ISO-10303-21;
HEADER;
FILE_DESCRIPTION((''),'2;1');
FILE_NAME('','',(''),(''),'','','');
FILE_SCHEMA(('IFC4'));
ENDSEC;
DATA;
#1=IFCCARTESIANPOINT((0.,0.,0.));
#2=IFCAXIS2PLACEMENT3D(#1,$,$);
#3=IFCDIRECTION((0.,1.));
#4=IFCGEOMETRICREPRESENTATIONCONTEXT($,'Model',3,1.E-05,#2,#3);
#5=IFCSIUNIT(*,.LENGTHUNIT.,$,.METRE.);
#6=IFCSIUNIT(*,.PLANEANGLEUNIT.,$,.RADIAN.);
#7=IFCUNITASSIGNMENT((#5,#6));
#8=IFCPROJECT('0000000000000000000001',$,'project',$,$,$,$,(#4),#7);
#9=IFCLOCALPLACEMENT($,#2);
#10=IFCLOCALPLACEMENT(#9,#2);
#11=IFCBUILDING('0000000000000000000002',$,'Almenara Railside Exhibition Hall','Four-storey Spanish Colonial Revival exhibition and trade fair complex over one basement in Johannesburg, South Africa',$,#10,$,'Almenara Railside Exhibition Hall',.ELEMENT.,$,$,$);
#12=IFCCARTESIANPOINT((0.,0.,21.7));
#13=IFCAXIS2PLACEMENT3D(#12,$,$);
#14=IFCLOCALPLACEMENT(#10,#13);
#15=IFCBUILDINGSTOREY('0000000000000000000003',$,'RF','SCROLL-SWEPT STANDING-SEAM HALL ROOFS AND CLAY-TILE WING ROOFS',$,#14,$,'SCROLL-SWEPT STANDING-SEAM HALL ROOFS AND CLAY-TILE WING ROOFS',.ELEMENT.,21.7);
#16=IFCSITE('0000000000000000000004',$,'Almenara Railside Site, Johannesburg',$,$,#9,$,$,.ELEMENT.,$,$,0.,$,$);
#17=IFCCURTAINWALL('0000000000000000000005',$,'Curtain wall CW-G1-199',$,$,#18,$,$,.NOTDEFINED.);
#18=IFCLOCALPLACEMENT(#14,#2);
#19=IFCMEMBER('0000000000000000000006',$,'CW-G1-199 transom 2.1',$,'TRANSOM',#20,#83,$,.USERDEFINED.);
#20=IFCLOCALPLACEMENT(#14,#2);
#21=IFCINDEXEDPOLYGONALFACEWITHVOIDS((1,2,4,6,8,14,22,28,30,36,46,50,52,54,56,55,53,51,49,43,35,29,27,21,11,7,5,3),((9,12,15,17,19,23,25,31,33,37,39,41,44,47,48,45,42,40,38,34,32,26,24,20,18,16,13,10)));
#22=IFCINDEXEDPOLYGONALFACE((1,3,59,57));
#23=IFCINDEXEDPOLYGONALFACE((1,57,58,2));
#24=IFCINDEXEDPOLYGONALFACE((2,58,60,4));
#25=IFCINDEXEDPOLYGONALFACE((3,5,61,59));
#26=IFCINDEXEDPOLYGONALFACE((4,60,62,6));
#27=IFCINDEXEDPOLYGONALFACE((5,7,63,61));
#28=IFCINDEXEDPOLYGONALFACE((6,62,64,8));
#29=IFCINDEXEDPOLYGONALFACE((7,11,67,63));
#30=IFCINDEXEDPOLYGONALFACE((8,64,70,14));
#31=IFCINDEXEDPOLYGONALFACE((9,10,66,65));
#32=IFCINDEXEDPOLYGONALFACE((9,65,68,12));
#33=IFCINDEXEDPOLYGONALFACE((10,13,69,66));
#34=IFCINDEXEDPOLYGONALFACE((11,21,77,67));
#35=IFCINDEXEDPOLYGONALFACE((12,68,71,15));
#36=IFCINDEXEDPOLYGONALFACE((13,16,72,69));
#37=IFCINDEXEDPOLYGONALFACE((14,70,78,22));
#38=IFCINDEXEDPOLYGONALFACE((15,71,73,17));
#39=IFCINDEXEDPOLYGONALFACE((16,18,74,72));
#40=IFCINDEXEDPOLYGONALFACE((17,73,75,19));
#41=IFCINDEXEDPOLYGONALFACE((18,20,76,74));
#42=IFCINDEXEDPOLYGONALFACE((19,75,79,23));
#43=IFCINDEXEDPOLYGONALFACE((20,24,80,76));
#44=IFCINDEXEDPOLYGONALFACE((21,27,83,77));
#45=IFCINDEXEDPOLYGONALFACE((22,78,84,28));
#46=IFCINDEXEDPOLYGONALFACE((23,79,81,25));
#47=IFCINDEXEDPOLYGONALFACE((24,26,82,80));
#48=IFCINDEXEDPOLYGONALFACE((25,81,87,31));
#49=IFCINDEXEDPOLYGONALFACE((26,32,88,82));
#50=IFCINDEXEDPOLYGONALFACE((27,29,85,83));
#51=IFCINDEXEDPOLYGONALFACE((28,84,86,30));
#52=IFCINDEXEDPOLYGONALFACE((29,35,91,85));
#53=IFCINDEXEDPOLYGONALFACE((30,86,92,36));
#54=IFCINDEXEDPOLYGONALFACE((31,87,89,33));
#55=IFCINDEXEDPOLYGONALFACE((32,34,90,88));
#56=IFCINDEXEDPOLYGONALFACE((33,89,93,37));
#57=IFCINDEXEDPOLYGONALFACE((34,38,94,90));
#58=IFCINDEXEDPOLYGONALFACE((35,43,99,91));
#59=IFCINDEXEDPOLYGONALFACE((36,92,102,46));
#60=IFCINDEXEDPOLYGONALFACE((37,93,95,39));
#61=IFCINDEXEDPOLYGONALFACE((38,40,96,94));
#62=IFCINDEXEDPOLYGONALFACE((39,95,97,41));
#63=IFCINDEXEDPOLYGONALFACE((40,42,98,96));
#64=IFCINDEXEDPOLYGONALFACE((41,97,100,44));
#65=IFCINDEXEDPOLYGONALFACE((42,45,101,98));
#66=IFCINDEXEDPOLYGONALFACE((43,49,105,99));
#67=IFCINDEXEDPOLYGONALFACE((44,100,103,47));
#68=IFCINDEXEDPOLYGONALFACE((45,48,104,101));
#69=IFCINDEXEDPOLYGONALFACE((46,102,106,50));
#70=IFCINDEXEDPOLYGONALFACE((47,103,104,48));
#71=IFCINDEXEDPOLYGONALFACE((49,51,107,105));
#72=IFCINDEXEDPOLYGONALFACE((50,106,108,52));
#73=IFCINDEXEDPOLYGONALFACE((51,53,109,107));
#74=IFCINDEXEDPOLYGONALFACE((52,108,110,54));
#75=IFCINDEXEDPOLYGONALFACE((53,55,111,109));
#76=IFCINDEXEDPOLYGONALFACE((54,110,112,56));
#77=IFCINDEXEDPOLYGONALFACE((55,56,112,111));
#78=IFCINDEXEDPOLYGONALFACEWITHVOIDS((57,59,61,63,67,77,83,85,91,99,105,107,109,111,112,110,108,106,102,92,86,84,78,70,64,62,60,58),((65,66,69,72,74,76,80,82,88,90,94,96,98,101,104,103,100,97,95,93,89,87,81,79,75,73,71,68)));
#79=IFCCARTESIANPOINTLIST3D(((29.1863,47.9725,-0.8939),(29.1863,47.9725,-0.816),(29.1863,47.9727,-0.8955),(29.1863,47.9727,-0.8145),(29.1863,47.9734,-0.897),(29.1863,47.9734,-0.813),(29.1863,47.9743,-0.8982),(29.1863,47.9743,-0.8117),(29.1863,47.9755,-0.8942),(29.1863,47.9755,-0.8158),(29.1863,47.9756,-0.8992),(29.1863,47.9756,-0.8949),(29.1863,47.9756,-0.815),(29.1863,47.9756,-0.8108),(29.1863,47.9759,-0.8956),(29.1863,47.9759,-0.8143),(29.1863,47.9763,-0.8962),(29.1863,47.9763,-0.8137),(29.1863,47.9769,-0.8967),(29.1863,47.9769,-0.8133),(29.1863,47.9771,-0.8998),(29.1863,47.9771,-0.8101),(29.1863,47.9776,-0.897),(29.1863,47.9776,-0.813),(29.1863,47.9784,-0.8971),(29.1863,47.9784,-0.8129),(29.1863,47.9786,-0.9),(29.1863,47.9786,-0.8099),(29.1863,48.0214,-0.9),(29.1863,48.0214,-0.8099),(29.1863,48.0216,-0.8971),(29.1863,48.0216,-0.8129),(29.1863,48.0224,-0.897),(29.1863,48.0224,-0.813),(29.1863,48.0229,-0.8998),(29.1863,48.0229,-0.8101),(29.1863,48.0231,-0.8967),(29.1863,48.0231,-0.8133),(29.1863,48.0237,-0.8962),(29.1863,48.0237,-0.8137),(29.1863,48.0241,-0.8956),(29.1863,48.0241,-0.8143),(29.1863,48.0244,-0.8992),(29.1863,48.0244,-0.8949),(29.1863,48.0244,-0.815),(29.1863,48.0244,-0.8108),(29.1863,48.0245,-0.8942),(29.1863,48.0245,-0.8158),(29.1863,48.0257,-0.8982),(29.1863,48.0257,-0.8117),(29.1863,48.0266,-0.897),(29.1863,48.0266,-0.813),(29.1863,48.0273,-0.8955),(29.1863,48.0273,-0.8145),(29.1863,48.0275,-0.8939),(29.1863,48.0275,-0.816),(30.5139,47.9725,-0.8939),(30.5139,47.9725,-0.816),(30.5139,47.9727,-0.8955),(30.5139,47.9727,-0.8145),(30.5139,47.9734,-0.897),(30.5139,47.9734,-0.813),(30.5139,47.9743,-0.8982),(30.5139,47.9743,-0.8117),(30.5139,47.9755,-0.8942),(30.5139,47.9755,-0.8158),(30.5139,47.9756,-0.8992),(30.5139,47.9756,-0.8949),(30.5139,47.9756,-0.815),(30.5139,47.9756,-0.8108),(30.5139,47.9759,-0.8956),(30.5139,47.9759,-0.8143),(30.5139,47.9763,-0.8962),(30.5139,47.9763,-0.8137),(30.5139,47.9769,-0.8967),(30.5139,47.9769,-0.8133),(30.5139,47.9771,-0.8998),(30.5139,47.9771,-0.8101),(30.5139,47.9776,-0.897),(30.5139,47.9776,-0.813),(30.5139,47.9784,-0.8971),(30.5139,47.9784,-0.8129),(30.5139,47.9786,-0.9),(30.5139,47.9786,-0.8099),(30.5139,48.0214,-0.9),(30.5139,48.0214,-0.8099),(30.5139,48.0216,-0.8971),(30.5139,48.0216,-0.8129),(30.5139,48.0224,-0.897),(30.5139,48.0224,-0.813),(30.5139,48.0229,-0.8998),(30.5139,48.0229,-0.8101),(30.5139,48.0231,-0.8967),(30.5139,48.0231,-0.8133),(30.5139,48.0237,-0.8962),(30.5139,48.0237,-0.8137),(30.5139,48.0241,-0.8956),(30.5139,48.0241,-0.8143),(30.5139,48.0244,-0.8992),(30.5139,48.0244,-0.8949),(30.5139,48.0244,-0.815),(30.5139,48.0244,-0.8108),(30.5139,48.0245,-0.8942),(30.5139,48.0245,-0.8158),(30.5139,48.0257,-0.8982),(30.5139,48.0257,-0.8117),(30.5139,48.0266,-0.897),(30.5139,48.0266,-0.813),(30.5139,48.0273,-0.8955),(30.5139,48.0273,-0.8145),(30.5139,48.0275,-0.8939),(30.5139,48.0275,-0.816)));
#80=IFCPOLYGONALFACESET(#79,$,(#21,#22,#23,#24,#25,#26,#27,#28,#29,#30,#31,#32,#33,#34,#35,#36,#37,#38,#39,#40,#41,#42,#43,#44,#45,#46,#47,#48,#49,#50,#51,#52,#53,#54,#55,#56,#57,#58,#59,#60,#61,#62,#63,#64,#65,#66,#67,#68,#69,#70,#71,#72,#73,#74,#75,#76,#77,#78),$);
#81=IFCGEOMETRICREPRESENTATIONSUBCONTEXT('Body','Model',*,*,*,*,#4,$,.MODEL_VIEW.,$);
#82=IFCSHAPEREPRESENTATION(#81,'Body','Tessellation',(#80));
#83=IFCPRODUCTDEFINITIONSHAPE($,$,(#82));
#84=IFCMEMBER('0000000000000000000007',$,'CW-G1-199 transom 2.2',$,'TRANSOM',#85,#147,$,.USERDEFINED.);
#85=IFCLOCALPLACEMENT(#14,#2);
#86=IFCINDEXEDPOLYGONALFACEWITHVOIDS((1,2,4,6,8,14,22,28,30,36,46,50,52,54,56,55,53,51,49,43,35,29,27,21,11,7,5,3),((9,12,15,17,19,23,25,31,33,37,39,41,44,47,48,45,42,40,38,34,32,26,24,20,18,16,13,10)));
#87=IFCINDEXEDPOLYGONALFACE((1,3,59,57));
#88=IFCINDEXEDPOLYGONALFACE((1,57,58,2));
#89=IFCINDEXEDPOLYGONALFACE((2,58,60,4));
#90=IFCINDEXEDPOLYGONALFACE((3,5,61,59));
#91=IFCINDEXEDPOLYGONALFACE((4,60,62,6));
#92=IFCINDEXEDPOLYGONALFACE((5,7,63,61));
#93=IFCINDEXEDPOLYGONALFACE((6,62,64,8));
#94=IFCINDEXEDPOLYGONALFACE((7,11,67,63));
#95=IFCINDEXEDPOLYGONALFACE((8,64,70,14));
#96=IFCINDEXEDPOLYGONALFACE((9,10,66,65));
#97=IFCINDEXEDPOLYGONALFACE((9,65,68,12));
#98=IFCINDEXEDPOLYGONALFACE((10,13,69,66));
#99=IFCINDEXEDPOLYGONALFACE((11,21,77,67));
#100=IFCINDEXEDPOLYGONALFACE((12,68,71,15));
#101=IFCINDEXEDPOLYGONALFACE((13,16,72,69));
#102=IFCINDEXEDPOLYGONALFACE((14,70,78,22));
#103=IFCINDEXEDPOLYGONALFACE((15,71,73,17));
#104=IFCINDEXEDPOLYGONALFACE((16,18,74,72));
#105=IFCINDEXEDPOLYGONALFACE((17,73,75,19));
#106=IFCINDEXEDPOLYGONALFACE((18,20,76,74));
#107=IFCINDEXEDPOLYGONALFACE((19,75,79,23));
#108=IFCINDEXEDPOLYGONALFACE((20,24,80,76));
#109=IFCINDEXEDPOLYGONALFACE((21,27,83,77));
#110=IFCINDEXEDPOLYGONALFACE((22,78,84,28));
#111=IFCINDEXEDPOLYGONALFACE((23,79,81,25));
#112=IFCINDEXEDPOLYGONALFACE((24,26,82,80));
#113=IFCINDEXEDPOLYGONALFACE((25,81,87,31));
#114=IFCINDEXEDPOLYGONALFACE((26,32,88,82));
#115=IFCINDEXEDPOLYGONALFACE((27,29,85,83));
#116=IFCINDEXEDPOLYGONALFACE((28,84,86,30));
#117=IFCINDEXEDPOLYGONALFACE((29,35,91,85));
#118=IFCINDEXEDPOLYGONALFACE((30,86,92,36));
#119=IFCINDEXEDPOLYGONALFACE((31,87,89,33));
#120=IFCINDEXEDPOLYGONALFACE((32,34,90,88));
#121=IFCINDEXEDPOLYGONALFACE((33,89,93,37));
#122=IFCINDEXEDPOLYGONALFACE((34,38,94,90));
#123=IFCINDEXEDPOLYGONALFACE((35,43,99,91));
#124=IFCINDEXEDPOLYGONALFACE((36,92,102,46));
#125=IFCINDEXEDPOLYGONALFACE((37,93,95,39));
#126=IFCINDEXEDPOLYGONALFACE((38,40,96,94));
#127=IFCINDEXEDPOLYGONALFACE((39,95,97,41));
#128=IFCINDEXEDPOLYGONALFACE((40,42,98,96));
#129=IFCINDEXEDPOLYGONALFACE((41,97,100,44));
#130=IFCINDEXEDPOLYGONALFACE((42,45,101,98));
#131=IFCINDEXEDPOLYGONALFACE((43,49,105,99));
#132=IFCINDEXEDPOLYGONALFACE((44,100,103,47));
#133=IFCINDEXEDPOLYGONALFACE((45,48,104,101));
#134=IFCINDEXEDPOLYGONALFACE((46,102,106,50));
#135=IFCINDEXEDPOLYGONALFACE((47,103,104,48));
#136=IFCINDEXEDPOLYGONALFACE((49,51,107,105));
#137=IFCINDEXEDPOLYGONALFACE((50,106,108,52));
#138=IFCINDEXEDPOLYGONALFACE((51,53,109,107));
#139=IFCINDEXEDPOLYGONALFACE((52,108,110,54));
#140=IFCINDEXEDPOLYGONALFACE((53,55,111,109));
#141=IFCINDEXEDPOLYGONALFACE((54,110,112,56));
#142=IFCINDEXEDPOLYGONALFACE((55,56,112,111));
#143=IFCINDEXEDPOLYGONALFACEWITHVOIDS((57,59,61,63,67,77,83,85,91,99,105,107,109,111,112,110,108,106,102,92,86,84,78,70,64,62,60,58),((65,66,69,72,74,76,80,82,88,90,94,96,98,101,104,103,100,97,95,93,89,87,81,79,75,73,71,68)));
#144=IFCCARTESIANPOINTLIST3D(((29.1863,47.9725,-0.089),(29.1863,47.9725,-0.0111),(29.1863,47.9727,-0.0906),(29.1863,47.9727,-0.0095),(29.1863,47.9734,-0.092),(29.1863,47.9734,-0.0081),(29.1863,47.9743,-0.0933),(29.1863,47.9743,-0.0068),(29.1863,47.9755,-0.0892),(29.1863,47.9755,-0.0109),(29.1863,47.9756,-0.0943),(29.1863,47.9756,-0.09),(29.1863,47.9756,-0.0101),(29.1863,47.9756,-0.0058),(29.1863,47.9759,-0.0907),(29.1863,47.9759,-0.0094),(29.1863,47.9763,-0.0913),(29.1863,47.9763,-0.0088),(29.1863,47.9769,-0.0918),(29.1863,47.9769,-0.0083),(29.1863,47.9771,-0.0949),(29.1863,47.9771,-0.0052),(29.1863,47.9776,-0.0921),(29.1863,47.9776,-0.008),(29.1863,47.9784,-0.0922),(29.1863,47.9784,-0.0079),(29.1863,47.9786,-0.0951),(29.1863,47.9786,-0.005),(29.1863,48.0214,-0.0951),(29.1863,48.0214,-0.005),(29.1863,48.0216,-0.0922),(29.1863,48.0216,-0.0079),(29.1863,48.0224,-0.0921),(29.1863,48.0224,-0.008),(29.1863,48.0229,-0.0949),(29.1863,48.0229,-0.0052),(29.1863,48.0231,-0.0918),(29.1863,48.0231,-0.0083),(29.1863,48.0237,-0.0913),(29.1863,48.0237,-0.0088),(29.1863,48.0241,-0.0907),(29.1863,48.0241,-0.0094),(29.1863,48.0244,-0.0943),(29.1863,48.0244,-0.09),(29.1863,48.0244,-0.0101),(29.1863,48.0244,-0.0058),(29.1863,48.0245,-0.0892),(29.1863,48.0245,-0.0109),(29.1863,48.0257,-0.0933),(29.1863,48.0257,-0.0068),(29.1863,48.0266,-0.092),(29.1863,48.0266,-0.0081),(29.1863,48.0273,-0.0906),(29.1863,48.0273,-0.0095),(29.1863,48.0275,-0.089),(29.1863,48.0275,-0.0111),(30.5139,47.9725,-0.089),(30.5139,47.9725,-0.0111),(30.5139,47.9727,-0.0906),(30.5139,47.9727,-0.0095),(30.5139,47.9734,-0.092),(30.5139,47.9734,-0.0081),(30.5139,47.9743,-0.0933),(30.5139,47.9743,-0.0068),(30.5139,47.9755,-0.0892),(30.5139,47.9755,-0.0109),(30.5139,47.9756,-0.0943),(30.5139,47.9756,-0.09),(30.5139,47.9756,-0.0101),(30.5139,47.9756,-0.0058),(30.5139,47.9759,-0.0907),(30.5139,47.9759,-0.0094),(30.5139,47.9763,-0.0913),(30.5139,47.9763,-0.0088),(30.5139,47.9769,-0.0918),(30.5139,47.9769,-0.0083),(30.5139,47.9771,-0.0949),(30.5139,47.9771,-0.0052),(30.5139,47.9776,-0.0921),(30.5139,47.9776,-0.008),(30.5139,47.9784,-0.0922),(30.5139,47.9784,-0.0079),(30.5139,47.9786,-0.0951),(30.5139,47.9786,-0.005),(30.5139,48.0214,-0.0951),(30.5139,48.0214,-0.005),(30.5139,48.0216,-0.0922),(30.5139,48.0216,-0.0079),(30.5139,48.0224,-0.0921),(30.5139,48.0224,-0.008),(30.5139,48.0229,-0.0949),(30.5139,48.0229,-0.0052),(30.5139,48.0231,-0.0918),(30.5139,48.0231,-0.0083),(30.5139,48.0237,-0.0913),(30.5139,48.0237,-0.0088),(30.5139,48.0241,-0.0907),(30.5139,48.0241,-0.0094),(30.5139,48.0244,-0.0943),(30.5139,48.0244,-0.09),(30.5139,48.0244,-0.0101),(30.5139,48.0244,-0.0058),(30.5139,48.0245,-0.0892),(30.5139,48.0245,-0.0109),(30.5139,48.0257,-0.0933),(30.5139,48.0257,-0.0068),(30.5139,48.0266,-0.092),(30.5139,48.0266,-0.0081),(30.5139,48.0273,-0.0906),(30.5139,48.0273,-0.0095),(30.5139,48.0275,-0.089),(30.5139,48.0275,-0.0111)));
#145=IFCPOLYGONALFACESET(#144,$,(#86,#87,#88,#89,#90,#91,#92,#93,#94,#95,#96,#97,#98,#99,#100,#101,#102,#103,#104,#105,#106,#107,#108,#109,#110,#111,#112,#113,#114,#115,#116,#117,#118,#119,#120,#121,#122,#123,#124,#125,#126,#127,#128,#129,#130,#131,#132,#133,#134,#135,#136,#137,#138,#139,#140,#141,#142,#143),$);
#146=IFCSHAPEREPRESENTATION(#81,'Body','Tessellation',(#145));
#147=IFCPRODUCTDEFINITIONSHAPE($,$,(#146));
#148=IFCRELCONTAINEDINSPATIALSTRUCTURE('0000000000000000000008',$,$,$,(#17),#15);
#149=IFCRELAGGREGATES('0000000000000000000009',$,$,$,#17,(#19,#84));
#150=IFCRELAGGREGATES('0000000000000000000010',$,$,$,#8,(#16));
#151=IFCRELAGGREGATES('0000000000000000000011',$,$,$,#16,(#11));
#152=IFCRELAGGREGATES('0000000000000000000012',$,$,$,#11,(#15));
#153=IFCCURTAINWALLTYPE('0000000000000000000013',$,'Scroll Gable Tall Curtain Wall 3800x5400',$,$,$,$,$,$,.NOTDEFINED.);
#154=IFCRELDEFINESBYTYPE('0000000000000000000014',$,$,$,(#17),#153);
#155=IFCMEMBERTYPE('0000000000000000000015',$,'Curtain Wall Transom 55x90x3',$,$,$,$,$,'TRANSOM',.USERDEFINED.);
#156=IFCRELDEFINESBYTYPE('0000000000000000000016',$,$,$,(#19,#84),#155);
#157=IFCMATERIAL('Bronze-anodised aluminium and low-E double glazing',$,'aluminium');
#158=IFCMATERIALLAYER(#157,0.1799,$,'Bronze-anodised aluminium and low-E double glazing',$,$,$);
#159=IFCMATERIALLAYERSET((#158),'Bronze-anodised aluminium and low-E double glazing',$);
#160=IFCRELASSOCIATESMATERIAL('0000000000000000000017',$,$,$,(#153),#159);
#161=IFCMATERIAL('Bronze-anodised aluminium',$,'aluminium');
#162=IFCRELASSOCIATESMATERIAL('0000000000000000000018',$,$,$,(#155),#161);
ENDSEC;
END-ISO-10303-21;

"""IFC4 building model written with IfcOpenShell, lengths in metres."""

from ifc_helpers import new_model, si_unit, direction, frame, origin, origin_2d, place, context, subcontext, project, spatial, hollow_rectangle, extrude, material, layer, layer_set, material_profile, profile_set, type_object, element, aggregate, save


model = new_model("IFC4")

# Units and contexts
model_context = context("Model", 3, precision=1e-05, world=origin(), true_north=direction((0.0, 1.0)))
body_context = subcontext(model_context, "Body", "Model", "MODEL_VIEW")
ifc_project = project(units=[si_unit("LENGTHUNIT", "METRE"), si_unit("PLANEANGLEUNIT", "RADIAN")], contexts=[model_context])

# Site, building, storey
site_placement = place(None, origin())
site = spatial("IfcSite", under=ifc_project, at=site_placement, Name="Almenara Railside Site, Johannesburg", CompositionType="ELEMENT", RefElevation=0.0)
building_placement = place(site_placement, origin())
building = spatial("IfcBuilding", under=site, at=building_placement, Name="Almenara Railside Exhibition Hall", Description="Four-storey Spanish Colonial Revival exhibition and trade fair complex over one basement in Johannesburg, South Africa", LongName="Almenara Railside Exhibition Hall", CompositionType="ELEMENT")
storey_placement = place(building_placement, frame((0.0, 0.0, 21.7)))
storey = spatial("IfcBuildingStorey", under=building, at=storey_placement, Name="RF", Description="SCROLL-SWEPT STANDING-SEAM HALL ROOFS AND CLAY-TILE WING ROOFS", LongName="SCROLL-SWEPT STANDING-SEAM HALL ROOFS AND CLAY-TILE WING ROOFS", CompositionType="ELEMENT", Elevation=21.7)

# Curtain wall
ifc_material_1 = material(Name="Bronze-anodised aluminium and low-E double glazing", Category="aluminium")
ifc_layer_1 = layer(ifc_material_1, 0.1799, Name="Bronze-anodised aluminium and low-E double glazing")
ifc_layer_set_1 = layer_set([ifc_layer_1], Name="Bronze-anodised aluminium and low-E double glazing")
curtain_wall_type = type_object("IfcCurtainWallType", Name="Scroll Gable Tall Curtain Wall 3800x5400", PredefinedType="NOTDEFINED", material=ifc_layer_set_1)
curtain_wall_1_placement = place(storey_placement, origin())
curtain_wall_1 = element("IfcCurtainWall", 1, at=curtain_wall_1_placement, inside=storey, type_object=curtain_wall_type, Name="Curtain wall CW-G1-199", PredefinedType="NOTDEFINED")
ifc_material_2 = material(Name="Bronze-anodised aluminium", Category="aluminium")

# Members
ifc_material_profile_1 = material_profile(ifc_material_2, hollow_rectangle(XDim=0.0549, YDim=0.0901, WallThickness=0.0029, InnerFilletRadius=0.0029, OuterFilletRadius=0.0061, at=origin_2d()), Name="ALU-TRN 55x90x3")
ifc_profile_set_1 = profile_set([ifc_material_profile_1], Name="Bronze-anodised aluminium")
member_type_1 = type_object("IfcMemberType", Name="Curtain Wall Transom 55x90x3", ElementType="TRANSOM", PredefinedType="USERDEFINED", material=ifc_profile_set_1)
member_1_placement = place(storey_placement, frame((29.1863, 48.0, -0.855), z_axis=(1.0, 0.0, 0.0), x_axis=(0.0, 1.0, 0.0)))
member_1 = element("IfcMember", 2, at=member_1_placement, type_object=member_type_1, Name="CW-G1-199 transom 2.1", ObjectType="TRANSOM", PredefinedType="USERDEFINED", context=body_context, shape_type="SweptSolid", body=[
    extrude(hollow_rectangle(XDim=0.0549, YDim=0.0901, WallThickness=0.0029, InnerFilletRadius=0.0029, OuterFilletRadius=0.0061, at=origin_2d()), origin(), (0.0, 0.0, 1.0), 1.3276),
])
member_2_placement = place(storey_placement, frame((29.1863, 48.0, -0.05), z_axis=(1.0, 0.0, 0.0), x_axis=(0.0, 1.0, 0.0)))
member_2 = element("IfcMember", 3, at=member_2_placement, type_object=member_type_1, Name="CW-G1-199 transom 2.2", ObjectType="TRANSOM", PredefinedType="USERDEFINED", context=body_context, shape_type="SweptSolid", body=[
    extrude(hollow_rectangle(XDim=0.0549, YDim=0.0901, WallThickness=0.0029, InnerFilletRadius=0.0029, OuterFilletRadius=0.0061, at=origin_2d()), origin(), (0.0, 0.0, 1.0), 1.3276),
])

aggregate(curtain_wall_1, [member_1, member_2])

save(model, "model.ifc")
